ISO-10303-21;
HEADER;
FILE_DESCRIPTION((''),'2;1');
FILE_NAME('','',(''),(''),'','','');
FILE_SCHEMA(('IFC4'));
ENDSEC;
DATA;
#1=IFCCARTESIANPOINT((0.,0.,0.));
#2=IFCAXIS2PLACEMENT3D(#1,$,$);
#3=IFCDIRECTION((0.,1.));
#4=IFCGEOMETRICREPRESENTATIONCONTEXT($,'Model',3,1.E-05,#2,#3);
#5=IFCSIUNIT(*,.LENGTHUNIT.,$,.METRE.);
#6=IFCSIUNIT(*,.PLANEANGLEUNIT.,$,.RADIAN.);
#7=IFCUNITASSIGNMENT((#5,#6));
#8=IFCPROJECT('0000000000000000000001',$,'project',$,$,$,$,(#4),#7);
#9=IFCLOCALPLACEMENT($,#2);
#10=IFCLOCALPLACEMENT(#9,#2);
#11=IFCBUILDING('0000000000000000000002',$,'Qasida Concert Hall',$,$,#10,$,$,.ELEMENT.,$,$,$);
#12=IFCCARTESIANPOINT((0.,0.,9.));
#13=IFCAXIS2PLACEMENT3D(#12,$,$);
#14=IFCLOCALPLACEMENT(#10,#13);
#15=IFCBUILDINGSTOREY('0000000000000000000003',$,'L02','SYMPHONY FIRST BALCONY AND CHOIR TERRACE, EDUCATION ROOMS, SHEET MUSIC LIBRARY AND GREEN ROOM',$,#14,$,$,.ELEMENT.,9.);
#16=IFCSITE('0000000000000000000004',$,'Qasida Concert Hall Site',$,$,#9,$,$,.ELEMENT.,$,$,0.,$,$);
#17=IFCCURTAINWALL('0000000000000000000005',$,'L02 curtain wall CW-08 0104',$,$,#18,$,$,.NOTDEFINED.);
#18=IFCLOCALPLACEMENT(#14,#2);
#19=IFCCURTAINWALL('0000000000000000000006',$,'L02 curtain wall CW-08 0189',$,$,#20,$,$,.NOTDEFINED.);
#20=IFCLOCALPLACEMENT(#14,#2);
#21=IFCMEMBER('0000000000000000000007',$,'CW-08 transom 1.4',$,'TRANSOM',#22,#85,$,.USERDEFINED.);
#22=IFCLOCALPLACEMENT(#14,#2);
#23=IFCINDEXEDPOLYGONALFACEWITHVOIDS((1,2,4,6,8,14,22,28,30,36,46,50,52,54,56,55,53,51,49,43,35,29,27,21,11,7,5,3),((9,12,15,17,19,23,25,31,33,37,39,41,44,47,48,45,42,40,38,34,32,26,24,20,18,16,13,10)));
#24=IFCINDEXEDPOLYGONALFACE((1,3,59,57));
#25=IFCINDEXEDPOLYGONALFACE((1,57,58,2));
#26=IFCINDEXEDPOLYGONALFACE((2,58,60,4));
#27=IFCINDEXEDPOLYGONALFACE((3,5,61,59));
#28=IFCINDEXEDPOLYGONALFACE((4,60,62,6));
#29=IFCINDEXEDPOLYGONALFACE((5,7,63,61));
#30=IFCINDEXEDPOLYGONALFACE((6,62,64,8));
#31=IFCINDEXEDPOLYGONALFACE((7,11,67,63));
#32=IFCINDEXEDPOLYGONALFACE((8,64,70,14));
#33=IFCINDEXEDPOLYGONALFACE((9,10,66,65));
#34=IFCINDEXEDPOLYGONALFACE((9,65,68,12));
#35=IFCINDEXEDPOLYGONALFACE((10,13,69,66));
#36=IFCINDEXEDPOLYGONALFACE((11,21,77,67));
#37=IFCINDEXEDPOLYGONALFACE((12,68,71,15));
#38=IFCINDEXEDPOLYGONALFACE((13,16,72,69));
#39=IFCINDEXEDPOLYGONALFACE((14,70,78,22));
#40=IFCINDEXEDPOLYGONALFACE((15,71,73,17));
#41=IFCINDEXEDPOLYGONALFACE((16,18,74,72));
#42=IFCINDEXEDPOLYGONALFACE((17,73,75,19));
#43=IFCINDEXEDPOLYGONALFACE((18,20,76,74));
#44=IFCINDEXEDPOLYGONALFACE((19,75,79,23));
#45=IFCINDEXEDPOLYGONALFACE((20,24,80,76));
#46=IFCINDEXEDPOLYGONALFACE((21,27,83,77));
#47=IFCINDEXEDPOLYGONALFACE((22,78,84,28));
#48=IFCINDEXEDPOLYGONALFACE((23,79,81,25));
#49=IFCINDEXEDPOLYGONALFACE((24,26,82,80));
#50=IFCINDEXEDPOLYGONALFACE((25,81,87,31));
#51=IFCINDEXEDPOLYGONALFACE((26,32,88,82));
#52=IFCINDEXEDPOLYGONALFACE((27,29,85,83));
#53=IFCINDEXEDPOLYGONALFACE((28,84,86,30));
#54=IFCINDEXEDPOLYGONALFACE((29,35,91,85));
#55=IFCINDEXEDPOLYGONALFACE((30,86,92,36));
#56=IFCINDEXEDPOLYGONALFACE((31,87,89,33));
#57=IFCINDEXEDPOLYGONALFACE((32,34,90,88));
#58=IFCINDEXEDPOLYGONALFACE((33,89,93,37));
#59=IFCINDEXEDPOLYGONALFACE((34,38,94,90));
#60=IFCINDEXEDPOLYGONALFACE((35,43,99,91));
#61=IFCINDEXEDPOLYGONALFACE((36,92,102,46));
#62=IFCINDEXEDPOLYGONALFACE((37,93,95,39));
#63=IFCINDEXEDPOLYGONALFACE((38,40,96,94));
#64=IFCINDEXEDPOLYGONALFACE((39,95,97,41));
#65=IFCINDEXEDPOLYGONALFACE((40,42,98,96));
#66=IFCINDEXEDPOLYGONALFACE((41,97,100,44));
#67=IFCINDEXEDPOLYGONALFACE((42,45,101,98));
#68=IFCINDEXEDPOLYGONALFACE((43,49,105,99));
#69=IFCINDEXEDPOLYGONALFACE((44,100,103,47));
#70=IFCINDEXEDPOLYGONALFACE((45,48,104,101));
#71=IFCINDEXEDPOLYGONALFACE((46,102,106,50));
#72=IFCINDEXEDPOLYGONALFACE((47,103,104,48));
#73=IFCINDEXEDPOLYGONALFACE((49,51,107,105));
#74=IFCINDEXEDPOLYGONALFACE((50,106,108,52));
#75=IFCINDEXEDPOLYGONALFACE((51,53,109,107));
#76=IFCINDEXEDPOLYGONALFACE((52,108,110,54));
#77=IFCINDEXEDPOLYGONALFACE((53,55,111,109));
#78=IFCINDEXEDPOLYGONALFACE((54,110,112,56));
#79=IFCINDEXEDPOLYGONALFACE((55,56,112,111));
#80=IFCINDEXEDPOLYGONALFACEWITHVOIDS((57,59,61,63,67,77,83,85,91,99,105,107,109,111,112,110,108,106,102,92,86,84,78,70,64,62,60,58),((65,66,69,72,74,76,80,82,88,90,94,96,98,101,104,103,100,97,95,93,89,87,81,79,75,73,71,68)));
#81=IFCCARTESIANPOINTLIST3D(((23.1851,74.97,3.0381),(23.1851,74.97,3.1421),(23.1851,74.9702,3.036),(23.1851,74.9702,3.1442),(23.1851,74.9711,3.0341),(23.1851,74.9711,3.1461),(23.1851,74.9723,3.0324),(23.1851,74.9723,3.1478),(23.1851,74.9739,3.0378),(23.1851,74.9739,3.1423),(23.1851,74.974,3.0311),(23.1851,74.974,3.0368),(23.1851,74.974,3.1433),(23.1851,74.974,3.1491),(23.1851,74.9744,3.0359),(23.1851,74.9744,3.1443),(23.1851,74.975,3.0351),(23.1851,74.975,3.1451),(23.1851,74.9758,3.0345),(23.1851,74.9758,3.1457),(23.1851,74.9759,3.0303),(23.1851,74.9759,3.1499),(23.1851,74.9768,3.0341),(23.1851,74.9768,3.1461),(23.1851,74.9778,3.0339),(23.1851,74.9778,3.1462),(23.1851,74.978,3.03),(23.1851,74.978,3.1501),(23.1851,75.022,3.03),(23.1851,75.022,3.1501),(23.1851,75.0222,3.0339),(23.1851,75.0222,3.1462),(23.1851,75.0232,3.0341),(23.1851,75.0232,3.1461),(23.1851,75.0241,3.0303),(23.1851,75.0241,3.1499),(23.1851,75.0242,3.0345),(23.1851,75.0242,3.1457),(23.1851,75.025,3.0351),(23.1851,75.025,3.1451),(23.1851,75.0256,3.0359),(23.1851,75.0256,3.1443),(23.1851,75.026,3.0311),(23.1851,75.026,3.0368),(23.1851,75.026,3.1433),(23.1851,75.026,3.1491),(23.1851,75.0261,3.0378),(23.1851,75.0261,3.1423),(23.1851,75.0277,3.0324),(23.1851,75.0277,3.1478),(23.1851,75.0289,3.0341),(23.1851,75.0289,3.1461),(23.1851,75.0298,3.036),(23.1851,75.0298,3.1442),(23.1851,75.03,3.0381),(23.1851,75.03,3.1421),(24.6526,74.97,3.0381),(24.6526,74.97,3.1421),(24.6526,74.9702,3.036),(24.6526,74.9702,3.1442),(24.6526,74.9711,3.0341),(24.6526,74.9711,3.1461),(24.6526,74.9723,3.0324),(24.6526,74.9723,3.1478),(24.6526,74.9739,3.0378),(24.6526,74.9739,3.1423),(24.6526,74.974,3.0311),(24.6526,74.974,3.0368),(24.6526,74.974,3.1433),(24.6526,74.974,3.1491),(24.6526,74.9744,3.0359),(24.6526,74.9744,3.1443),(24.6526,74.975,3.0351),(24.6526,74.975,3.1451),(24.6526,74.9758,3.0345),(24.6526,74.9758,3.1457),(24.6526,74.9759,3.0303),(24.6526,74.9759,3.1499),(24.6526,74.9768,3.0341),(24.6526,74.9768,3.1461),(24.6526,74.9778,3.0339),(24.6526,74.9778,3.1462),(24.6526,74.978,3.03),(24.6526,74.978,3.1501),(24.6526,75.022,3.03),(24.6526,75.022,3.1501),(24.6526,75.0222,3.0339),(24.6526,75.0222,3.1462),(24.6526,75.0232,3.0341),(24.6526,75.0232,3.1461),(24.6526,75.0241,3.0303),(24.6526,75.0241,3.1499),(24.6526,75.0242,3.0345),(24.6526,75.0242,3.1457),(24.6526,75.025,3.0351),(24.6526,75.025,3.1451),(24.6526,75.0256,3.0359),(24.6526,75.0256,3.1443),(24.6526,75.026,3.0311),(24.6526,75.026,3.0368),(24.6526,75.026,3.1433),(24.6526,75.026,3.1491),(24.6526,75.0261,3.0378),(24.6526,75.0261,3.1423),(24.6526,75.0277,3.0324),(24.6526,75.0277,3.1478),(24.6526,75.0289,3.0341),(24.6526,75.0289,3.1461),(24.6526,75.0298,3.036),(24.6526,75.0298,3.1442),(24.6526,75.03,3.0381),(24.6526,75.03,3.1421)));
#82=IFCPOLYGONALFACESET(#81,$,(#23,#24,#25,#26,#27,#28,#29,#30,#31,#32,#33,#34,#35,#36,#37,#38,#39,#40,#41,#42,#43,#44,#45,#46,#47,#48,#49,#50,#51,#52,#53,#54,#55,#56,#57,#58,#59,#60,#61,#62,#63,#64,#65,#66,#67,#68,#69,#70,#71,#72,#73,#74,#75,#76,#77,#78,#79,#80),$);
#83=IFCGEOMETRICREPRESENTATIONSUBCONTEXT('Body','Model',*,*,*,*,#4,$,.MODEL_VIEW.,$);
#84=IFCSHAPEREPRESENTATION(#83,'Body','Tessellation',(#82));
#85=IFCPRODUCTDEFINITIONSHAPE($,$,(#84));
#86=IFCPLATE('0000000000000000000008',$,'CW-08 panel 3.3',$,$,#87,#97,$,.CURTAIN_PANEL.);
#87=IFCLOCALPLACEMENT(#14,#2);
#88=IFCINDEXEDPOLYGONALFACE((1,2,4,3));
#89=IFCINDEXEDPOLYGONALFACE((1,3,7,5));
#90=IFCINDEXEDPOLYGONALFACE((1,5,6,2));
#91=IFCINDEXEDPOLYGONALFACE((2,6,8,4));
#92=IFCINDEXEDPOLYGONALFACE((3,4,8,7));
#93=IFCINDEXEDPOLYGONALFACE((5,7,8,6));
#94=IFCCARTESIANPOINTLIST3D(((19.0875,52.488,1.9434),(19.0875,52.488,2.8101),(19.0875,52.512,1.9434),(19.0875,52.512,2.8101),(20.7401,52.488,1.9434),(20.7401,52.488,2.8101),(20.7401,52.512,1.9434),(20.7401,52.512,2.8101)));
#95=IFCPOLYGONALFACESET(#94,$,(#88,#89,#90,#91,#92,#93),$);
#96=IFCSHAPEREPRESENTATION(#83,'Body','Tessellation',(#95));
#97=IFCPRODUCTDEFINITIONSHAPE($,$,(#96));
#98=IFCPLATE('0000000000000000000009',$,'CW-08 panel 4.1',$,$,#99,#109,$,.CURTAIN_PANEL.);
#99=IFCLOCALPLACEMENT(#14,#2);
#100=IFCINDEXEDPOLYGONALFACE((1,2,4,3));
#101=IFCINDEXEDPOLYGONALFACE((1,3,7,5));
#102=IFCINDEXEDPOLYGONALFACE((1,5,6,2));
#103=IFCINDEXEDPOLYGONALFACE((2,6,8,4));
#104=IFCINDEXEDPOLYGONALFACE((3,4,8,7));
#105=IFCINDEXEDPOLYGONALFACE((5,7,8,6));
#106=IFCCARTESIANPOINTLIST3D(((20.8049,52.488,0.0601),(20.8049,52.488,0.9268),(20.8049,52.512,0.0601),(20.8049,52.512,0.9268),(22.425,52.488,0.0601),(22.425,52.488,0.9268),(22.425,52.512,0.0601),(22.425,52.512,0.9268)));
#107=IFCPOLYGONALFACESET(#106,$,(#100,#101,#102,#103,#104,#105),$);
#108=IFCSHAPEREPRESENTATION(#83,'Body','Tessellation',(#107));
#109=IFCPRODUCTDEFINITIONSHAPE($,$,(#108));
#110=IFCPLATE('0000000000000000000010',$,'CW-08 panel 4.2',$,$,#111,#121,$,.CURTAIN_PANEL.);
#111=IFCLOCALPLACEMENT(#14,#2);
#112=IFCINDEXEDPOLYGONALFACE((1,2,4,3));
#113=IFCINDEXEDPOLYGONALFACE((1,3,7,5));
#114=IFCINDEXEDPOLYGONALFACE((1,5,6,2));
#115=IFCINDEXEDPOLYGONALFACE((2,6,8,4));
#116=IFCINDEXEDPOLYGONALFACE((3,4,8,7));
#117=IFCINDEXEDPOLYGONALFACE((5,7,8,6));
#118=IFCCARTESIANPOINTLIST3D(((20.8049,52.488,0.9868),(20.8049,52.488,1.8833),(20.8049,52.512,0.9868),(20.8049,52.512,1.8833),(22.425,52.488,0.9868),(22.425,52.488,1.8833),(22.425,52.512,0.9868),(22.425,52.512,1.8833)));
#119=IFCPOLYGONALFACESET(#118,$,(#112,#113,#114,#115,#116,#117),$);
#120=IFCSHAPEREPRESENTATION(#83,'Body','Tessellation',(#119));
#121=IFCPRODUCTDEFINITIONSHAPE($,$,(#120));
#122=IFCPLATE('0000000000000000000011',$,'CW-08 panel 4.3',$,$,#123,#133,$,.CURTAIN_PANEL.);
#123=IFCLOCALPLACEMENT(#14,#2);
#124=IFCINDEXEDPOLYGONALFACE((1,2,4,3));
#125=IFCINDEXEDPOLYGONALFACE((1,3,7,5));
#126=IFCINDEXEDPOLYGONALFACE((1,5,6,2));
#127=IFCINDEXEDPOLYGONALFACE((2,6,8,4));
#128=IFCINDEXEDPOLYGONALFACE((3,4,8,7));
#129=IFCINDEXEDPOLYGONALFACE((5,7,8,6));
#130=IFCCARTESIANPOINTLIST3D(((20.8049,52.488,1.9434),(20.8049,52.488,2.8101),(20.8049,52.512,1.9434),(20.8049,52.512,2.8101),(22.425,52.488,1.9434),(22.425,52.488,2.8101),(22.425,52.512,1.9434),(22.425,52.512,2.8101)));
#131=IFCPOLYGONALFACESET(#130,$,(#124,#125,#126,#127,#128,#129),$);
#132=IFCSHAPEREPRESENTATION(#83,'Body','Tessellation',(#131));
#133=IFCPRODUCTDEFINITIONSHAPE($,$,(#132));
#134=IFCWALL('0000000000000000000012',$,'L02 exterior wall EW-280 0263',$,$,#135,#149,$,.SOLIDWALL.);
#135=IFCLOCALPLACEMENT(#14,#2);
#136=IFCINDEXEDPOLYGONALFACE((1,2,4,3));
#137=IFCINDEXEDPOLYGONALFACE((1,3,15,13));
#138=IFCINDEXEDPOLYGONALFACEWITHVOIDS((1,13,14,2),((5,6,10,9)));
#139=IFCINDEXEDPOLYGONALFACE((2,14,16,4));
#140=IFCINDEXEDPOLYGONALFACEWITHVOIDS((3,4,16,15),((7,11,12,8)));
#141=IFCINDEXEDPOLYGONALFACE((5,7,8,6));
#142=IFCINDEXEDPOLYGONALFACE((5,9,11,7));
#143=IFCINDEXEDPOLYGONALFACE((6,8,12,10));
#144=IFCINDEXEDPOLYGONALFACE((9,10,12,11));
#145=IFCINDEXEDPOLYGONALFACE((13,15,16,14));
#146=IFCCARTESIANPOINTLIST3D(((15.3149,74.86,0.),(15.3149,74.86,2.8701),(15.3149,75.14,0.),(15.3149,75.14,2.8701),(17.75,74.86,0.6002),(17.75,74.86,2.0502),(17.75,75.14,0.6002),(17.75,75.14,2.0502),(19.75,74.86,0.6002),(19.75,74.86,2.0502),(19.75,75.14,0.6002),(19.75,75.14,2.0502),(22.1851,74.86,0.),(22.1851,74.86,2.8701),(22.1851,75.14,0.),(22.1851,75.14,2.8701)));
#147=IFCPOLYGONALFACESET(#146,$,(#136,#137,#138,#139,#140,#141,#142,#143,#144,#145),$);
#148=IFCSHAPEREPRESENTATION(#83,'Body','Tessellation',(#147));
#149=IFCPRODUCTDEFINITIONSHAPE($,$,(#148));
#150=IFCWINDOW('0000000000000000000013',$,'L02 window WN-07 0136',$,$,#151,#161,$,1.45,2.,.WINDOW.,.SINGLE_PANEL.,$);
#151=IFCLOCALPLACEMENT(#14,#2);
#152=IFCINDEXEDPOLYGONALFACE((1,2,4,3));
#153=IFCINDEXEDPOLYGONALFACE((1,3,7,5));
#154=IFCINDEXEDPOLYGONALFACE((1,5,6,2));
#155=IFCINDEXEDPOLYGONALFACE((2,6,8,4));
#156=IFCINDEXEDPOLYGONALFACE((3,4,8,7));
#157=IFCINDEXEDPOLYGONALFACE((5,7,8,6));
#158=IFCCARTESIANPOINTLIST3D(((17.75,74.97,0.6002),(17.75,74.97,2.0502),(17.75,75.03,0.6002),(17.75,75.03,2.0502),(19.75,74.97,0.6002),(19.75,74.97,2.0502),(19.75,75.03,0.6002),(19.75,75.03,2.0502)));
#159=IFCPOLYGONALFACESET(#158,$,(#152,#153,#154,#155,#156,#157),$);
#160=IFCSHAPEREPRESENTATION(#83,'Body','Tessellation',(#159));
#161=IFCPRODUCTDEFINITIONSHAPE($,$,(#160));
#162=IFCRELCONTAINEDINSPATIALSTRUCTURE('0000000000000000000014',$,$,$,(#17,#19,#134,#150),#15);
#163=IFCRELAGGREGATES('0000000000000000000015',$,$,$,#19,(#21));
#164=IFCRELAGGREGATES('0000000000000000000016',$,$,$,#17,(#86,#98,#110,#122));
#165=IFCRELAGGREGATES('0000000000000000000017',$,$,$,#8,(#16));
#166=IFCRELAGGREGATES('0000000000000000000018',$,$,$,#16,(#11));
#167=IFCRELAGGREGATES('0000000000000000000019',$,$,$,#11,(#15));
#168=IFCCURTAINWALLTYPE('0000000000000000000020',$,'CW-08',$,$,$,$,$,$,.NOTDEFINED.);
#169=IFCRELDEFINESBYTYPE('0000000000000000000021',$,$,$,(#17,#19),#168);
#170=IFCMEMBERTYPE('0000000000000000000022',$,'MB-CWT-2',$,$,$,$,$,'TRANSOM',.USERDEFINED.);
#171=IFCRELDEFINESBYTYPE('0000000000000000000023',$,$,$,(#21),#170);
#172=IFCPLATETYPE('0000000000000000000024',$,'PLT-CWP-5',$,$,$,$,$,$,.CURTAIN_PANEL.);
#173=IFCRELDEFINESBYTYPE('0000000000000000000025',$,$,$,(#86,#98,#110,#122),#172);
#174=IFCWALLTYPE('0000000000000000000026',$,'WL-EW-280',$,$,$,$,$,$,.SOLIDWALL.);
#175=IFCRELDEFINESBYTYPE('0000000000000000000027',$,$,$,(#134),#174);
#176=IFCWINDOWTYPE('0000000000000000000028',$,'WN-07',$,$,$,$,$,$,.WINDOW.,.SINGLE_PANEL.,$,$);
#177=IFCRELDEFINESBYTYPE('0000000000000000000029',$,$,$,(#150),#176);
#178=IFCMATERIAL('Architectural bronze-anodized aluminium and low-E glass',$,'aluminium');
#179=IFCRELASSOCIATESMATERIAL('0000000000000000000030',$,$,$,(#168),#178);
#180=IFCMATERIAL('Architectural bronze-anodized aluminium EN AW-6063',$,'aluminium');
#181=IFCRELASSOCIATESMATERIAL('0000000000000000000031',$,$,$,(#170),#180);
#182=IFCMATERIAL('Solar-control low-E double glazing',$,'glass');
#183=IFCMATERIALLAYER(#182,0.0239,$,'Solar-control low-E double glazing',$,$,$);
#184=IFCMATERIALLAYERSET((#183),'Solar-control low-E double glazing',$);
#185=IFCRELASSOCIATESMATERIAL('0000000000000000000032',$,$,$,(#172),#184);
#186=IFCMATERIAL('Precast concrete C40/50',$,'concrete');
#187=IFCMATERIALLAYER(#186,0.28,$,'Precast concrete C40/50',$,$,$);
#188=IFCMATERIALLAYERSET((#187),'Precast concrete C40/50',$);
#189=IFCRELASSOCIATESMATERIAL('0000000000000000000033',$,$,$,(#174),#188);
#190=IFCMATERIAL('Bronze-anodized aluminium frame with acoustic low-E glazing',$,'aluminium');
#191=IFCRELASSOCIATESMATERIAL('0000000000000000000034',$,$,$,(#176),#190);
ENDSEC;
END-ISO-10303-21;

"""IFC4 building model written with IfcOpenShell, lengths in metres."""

from ifc_helpers import new_model, si_unit, direction, frame, frame_2d, origin, origin_2d, place, context, subcontext, project, spatial, rectangle, hollow_rectangle, extrude, material, layer, layer_set, material_profile, profile_set, type_object, element, fill, aggregate, save


model = new_model("IFC4")

# Units and contexts
model_context = context("Model", 3, precision=1e-05, world=origin(), true_north=direction((0.0, 1.0)))
body_context = subcontext(model_context, "Body", "Model", "MODEL_VIEW")
ifc_project = project(units=[si_unit("LENGTHUNIT", "METRE"), si_unit("PLANEANGLEUNIT", "RADIAN")], contexts=[model_context])

# Site, building, storey
site_placement = place(None, origin())
site = spatial("IfcSite", under=ifc_project, at=site_placement, Name="Qasida Concert Hall Site", CompositionType="ELEMENT", RefElevation=0.0)
building_placement = place(site_placement, origin())
building = spatial("IfcBuilding", under=site, at=building_placement, Name="Qasida Concert Hall", CompositionType="ELEMENT")
storey_placement = place(building_placement, frame((0.0, 0.0, 9.0)))
storey = spatial("IfcBuildingStorey", under=building, at=storey_placement, Name="L02", Description="SYMPHONY FIRST BALCONY AND CHOIR TERRACE, EDUCATION ROOMS, SHEET MUSIC LIBRARY AND GREEN ROOM", CompositionType="ELEMENT", Elevation=9.0)

# Curtain wall
ifc_material_1 = material(Name="Architectural bronze-anodized aluminium and low-E glass", Category="aluminium")
curtain_wall_type = type_object("IfcCurtainWallType", Name="CW-08", PredefinedType="NOTDEFINED", material=ifc_material_1)
curtain_wall_1_placement = place(storey_placement, origin())
curtain_wall_1 = element("IfcCurtainWall", 1, at=curtain_wall_1_placement, inside=storey, type_object=curtain_wall_type, Name="L02 curtain wall CW-08 0104", PredefinedType="NOTDEFINED")
ifc_material_2 = material(Name="Architectural bronze-anodized aluminium EN AW-6063", Category="aluminium")

# Curtain wall
curtain_wall_2_placement = place(storey_placement, origin())
curtain_wall_2 = element("IfcCurtainWall", 2, at=curtain_wall_2_placement, inside=storey, type_object=curtain_wall_type, Name="L02 curtain wall CW-08 0189", PredefinedType="NOTDEFINED")

# Member
ifc_material_profile_1 = material_profile(ifc_material_2, hollow_rectangle(XDim=0.0601, YDim=0.1201, WallThickness=0.0039, InnerFilletRadius=0.0039, OuterFilletRadius=0.0081, at=origin_2d()), Name="CWT 120x60x4")
ifc_profile_set_1 = profile_set([ifc_material_profile_1], Name="Architectural bronze-anodized aluminium EN AW-6063")
member_type_1 = type_object("IfcMemberType", Name="MB-CWT-2", ElementType="TRANSOM", PredefinedType="USERDEFINED", material=ifc_profile_set_1)
member_1_placement = place(storey_placement, frame((23.1851, 75.0, 3.0901), z_axis=(1.0, 0.0, 0.0), x_axis=(0.0, 1.0, 0.0)))
member_1 = element("IfcMember", 3, at=member_1_placement, type_object=member_type_1, Name="CW-08 transom 1.4", ObjectType="TRANSOM", PredefinedType="USERDEFINED", context=body_context, shape_type="SweptSolid", body=[
    extrude(hollow_rectangle(XDim=0.0601, YDim=0.1201, WallThickness=0.0039, InnerFilletRadius=0.0039, OuterFilletRadius=0.0081, at=origin_2d()), origin(), (0.0, 0.0, 1.0), 1.4675),
])
aggregate(curtain_wall_2, [member_1])

# Plates
ifc_material_3 = material(Name="Solar-control low-E double glazing", Category="glass")
ifc_layer_1 = layer(ifc_material_3, 0.0239, Name="Solar-control low-E double glazing")
ifc_layer_set_1 = layer_set([ifc_layer_1], Name="Solar-control low-E double glazing")
plate_type = type_object("IfcPlateType", Name="PLT-CWP-5", PredefinedType="CURTAIN_PANEL", material=ifc_layer_set_1)
plate_1_placement = place(storey_placement, frame((19.9138, 52.5, 1.9434), z_axis=(0.0, 0.0, 1.0), x_axis=(1.0, 0.0, 0.0)))
plate_1 = element("IfcPlate", 4, at=plate_1_placement, type_object=plate_type, Name="CW-08 panel 3.3", PredefinedType="CURTAIN_PANEL", context=body_context, shape_type="SweptSolid", body=[
    extrude(rectangle(XDim=1.6526, YDim=0.0239, at=origin_2d()), origin(), (0.0, 0.0, 1.0), 0.8667),
])
plate_2_placement = place(storey_placement, frame((21.615, 52.5, 0.0601), z_axis=(0.0, 0.0, 1.0), x_axis=(1.0, 0.0, 0.0)))
plate_2 = element("IfcPlate", 5, at=plate_2_placement, type_object=plate_type, Name="CW-08 panel 4.1", PredefinedType="CURTAIN_PANEL", context=body_context, shape_type="SweptSolid", body=[
    extrude(rectangle(XDim=1.6201, YDim=0.0239, at=origin_2d()), origin(), (0.0, 0.0, 1.0), 0.8667),
])
plate_3_placement = place(storey_placement, frame((21.615, 52.5, 0.9868), z_axis=(0.0, 0.0, 1.0), x_axis=(1.0, 0.0, 0.0)))
plate_3 = element("IfcPlate", 6, at=plate_3_placement, type_object=plate_type, Name="CW-08 panel 4.2", PredefinedType="CURTAIN_PANEL", context=body_context, shape_type="SweptSolid", body=[
    extrude(rectangle(XDim=1.6201, YDim=0.0239, at=origin_2d()), origin(), (0.0, 0.0, 1.0), 0.8965),
])
plate_4_placement = place(storey_placement, frame((21.615, 52.5, 1.9434), z_axis=(0.0, 0.0, 1.0), x_axis=(1.0, 0.0, 0.0)))
plate_4 = element("IfcPlate", 7, at=plate_4_placement, type_object=plate_type, Name="CW-08 panel 4.3", PredefinedType="CURTAIN_PANEL", context=body_context, shape_type="SweptSolid", body=[
    extrude(rectangle(XDim=1.6201, YDim=0.0239, at=origin_2d()), origin(), (0.0, 0.0, 1.0), 0.8667),
])
aggregate(curtain_wall_1, [plate_1, plate_2, plate_3, plate_4])

# Wall, opening, window
ifc_material_4 = material(Name="Precast concrete C40/50", Category="concrete")
ifc_layer_2 = layer(ifc_material_4, 0.28, Name="Precast concrete C40/50")
ifc_layer_set_2 = layer_set([ifc_layer_2], Name="Precast concrete C40/50")
wall_type = type_object("IfcWallType", Name="WL-EW-280", PredefinedType="SOLIDWALL", material=ifc_layer_set_2)
wall_placement = place(storey_placement, frame((15.3149, 75.0, 0.0), z_axis=(0.0, 0.0, 1.0), x_axis=(1.0, 0.0, 0.0)))
wall = element("IfcWall", 8, at=wall_placement, inside=storey, type_object=wall_type, Name="L02 exterior wall EW-280 0263", PredefinedType="SOLIDWALL", context=body_context, shape_type="SweptSolid", body=[
    extrude(rectangle(XDim=6.8701, YDim=0.28, at=frame_2d((3.4351, 0.0))), origin(), (0.0, 0.0, 1.0), 2.8701),
])
opening_placement = place(wall_placement, frame((2.4351, 0.0, 0.6001)))
opening = element("IfcOpeningElement", 9, at=opening_placement, cuts=wall, PredefinedType="OPENING", context=body_context, shape_type="SweptSolid", body=[
    extrude(rectangle(XDim=2.0, YDim=1.45, at=frame_2d((1.0, 0.7251))), frame((0.0, 0.1499, 0.0), z_axis=(0.0, -1.0, 0.0), x_axis=(1.0, 0.0, 0.0)), (0.0, 0.0, 1.0), 0.3),
])
ifc_material_5 = material(Name="Bronze-anodized aluminium frame with acoustic low-E glazing", Category="aluminium")
window_type = type_object("IfcWindowType", Name="WN-07", PartitioningType="SINGLE_PANEL", PredefinedType="WINDOW", material=ifc_material_5)
window_placement = place(opening_placement, origin())
window = element("IfcWindow", 10, at=window_placement, inside=storey, type_object=window_type, Name="L02 window WN-07 0136", OverallHeight=1.45, OverallWidth=2.0, PartitioningType="SINGLE_PANEL", PredefinedType="WINDOW", context=body_context, shape_type="SweptSolid", body=[
    extrude(rectangle(XDim=2.0, YDim=1.45, at=frame_2d((1.0, 0.7251))), frame((0.0, 0.03, 0.0), z_axis=(0.0, -1.0, 0.0), x_axis=(1.0, 0.0, 0.0)), (0.0, 0.0, 1.0), 0.0601),
])
fill(opening, window)

save(model, "model.ifc")
